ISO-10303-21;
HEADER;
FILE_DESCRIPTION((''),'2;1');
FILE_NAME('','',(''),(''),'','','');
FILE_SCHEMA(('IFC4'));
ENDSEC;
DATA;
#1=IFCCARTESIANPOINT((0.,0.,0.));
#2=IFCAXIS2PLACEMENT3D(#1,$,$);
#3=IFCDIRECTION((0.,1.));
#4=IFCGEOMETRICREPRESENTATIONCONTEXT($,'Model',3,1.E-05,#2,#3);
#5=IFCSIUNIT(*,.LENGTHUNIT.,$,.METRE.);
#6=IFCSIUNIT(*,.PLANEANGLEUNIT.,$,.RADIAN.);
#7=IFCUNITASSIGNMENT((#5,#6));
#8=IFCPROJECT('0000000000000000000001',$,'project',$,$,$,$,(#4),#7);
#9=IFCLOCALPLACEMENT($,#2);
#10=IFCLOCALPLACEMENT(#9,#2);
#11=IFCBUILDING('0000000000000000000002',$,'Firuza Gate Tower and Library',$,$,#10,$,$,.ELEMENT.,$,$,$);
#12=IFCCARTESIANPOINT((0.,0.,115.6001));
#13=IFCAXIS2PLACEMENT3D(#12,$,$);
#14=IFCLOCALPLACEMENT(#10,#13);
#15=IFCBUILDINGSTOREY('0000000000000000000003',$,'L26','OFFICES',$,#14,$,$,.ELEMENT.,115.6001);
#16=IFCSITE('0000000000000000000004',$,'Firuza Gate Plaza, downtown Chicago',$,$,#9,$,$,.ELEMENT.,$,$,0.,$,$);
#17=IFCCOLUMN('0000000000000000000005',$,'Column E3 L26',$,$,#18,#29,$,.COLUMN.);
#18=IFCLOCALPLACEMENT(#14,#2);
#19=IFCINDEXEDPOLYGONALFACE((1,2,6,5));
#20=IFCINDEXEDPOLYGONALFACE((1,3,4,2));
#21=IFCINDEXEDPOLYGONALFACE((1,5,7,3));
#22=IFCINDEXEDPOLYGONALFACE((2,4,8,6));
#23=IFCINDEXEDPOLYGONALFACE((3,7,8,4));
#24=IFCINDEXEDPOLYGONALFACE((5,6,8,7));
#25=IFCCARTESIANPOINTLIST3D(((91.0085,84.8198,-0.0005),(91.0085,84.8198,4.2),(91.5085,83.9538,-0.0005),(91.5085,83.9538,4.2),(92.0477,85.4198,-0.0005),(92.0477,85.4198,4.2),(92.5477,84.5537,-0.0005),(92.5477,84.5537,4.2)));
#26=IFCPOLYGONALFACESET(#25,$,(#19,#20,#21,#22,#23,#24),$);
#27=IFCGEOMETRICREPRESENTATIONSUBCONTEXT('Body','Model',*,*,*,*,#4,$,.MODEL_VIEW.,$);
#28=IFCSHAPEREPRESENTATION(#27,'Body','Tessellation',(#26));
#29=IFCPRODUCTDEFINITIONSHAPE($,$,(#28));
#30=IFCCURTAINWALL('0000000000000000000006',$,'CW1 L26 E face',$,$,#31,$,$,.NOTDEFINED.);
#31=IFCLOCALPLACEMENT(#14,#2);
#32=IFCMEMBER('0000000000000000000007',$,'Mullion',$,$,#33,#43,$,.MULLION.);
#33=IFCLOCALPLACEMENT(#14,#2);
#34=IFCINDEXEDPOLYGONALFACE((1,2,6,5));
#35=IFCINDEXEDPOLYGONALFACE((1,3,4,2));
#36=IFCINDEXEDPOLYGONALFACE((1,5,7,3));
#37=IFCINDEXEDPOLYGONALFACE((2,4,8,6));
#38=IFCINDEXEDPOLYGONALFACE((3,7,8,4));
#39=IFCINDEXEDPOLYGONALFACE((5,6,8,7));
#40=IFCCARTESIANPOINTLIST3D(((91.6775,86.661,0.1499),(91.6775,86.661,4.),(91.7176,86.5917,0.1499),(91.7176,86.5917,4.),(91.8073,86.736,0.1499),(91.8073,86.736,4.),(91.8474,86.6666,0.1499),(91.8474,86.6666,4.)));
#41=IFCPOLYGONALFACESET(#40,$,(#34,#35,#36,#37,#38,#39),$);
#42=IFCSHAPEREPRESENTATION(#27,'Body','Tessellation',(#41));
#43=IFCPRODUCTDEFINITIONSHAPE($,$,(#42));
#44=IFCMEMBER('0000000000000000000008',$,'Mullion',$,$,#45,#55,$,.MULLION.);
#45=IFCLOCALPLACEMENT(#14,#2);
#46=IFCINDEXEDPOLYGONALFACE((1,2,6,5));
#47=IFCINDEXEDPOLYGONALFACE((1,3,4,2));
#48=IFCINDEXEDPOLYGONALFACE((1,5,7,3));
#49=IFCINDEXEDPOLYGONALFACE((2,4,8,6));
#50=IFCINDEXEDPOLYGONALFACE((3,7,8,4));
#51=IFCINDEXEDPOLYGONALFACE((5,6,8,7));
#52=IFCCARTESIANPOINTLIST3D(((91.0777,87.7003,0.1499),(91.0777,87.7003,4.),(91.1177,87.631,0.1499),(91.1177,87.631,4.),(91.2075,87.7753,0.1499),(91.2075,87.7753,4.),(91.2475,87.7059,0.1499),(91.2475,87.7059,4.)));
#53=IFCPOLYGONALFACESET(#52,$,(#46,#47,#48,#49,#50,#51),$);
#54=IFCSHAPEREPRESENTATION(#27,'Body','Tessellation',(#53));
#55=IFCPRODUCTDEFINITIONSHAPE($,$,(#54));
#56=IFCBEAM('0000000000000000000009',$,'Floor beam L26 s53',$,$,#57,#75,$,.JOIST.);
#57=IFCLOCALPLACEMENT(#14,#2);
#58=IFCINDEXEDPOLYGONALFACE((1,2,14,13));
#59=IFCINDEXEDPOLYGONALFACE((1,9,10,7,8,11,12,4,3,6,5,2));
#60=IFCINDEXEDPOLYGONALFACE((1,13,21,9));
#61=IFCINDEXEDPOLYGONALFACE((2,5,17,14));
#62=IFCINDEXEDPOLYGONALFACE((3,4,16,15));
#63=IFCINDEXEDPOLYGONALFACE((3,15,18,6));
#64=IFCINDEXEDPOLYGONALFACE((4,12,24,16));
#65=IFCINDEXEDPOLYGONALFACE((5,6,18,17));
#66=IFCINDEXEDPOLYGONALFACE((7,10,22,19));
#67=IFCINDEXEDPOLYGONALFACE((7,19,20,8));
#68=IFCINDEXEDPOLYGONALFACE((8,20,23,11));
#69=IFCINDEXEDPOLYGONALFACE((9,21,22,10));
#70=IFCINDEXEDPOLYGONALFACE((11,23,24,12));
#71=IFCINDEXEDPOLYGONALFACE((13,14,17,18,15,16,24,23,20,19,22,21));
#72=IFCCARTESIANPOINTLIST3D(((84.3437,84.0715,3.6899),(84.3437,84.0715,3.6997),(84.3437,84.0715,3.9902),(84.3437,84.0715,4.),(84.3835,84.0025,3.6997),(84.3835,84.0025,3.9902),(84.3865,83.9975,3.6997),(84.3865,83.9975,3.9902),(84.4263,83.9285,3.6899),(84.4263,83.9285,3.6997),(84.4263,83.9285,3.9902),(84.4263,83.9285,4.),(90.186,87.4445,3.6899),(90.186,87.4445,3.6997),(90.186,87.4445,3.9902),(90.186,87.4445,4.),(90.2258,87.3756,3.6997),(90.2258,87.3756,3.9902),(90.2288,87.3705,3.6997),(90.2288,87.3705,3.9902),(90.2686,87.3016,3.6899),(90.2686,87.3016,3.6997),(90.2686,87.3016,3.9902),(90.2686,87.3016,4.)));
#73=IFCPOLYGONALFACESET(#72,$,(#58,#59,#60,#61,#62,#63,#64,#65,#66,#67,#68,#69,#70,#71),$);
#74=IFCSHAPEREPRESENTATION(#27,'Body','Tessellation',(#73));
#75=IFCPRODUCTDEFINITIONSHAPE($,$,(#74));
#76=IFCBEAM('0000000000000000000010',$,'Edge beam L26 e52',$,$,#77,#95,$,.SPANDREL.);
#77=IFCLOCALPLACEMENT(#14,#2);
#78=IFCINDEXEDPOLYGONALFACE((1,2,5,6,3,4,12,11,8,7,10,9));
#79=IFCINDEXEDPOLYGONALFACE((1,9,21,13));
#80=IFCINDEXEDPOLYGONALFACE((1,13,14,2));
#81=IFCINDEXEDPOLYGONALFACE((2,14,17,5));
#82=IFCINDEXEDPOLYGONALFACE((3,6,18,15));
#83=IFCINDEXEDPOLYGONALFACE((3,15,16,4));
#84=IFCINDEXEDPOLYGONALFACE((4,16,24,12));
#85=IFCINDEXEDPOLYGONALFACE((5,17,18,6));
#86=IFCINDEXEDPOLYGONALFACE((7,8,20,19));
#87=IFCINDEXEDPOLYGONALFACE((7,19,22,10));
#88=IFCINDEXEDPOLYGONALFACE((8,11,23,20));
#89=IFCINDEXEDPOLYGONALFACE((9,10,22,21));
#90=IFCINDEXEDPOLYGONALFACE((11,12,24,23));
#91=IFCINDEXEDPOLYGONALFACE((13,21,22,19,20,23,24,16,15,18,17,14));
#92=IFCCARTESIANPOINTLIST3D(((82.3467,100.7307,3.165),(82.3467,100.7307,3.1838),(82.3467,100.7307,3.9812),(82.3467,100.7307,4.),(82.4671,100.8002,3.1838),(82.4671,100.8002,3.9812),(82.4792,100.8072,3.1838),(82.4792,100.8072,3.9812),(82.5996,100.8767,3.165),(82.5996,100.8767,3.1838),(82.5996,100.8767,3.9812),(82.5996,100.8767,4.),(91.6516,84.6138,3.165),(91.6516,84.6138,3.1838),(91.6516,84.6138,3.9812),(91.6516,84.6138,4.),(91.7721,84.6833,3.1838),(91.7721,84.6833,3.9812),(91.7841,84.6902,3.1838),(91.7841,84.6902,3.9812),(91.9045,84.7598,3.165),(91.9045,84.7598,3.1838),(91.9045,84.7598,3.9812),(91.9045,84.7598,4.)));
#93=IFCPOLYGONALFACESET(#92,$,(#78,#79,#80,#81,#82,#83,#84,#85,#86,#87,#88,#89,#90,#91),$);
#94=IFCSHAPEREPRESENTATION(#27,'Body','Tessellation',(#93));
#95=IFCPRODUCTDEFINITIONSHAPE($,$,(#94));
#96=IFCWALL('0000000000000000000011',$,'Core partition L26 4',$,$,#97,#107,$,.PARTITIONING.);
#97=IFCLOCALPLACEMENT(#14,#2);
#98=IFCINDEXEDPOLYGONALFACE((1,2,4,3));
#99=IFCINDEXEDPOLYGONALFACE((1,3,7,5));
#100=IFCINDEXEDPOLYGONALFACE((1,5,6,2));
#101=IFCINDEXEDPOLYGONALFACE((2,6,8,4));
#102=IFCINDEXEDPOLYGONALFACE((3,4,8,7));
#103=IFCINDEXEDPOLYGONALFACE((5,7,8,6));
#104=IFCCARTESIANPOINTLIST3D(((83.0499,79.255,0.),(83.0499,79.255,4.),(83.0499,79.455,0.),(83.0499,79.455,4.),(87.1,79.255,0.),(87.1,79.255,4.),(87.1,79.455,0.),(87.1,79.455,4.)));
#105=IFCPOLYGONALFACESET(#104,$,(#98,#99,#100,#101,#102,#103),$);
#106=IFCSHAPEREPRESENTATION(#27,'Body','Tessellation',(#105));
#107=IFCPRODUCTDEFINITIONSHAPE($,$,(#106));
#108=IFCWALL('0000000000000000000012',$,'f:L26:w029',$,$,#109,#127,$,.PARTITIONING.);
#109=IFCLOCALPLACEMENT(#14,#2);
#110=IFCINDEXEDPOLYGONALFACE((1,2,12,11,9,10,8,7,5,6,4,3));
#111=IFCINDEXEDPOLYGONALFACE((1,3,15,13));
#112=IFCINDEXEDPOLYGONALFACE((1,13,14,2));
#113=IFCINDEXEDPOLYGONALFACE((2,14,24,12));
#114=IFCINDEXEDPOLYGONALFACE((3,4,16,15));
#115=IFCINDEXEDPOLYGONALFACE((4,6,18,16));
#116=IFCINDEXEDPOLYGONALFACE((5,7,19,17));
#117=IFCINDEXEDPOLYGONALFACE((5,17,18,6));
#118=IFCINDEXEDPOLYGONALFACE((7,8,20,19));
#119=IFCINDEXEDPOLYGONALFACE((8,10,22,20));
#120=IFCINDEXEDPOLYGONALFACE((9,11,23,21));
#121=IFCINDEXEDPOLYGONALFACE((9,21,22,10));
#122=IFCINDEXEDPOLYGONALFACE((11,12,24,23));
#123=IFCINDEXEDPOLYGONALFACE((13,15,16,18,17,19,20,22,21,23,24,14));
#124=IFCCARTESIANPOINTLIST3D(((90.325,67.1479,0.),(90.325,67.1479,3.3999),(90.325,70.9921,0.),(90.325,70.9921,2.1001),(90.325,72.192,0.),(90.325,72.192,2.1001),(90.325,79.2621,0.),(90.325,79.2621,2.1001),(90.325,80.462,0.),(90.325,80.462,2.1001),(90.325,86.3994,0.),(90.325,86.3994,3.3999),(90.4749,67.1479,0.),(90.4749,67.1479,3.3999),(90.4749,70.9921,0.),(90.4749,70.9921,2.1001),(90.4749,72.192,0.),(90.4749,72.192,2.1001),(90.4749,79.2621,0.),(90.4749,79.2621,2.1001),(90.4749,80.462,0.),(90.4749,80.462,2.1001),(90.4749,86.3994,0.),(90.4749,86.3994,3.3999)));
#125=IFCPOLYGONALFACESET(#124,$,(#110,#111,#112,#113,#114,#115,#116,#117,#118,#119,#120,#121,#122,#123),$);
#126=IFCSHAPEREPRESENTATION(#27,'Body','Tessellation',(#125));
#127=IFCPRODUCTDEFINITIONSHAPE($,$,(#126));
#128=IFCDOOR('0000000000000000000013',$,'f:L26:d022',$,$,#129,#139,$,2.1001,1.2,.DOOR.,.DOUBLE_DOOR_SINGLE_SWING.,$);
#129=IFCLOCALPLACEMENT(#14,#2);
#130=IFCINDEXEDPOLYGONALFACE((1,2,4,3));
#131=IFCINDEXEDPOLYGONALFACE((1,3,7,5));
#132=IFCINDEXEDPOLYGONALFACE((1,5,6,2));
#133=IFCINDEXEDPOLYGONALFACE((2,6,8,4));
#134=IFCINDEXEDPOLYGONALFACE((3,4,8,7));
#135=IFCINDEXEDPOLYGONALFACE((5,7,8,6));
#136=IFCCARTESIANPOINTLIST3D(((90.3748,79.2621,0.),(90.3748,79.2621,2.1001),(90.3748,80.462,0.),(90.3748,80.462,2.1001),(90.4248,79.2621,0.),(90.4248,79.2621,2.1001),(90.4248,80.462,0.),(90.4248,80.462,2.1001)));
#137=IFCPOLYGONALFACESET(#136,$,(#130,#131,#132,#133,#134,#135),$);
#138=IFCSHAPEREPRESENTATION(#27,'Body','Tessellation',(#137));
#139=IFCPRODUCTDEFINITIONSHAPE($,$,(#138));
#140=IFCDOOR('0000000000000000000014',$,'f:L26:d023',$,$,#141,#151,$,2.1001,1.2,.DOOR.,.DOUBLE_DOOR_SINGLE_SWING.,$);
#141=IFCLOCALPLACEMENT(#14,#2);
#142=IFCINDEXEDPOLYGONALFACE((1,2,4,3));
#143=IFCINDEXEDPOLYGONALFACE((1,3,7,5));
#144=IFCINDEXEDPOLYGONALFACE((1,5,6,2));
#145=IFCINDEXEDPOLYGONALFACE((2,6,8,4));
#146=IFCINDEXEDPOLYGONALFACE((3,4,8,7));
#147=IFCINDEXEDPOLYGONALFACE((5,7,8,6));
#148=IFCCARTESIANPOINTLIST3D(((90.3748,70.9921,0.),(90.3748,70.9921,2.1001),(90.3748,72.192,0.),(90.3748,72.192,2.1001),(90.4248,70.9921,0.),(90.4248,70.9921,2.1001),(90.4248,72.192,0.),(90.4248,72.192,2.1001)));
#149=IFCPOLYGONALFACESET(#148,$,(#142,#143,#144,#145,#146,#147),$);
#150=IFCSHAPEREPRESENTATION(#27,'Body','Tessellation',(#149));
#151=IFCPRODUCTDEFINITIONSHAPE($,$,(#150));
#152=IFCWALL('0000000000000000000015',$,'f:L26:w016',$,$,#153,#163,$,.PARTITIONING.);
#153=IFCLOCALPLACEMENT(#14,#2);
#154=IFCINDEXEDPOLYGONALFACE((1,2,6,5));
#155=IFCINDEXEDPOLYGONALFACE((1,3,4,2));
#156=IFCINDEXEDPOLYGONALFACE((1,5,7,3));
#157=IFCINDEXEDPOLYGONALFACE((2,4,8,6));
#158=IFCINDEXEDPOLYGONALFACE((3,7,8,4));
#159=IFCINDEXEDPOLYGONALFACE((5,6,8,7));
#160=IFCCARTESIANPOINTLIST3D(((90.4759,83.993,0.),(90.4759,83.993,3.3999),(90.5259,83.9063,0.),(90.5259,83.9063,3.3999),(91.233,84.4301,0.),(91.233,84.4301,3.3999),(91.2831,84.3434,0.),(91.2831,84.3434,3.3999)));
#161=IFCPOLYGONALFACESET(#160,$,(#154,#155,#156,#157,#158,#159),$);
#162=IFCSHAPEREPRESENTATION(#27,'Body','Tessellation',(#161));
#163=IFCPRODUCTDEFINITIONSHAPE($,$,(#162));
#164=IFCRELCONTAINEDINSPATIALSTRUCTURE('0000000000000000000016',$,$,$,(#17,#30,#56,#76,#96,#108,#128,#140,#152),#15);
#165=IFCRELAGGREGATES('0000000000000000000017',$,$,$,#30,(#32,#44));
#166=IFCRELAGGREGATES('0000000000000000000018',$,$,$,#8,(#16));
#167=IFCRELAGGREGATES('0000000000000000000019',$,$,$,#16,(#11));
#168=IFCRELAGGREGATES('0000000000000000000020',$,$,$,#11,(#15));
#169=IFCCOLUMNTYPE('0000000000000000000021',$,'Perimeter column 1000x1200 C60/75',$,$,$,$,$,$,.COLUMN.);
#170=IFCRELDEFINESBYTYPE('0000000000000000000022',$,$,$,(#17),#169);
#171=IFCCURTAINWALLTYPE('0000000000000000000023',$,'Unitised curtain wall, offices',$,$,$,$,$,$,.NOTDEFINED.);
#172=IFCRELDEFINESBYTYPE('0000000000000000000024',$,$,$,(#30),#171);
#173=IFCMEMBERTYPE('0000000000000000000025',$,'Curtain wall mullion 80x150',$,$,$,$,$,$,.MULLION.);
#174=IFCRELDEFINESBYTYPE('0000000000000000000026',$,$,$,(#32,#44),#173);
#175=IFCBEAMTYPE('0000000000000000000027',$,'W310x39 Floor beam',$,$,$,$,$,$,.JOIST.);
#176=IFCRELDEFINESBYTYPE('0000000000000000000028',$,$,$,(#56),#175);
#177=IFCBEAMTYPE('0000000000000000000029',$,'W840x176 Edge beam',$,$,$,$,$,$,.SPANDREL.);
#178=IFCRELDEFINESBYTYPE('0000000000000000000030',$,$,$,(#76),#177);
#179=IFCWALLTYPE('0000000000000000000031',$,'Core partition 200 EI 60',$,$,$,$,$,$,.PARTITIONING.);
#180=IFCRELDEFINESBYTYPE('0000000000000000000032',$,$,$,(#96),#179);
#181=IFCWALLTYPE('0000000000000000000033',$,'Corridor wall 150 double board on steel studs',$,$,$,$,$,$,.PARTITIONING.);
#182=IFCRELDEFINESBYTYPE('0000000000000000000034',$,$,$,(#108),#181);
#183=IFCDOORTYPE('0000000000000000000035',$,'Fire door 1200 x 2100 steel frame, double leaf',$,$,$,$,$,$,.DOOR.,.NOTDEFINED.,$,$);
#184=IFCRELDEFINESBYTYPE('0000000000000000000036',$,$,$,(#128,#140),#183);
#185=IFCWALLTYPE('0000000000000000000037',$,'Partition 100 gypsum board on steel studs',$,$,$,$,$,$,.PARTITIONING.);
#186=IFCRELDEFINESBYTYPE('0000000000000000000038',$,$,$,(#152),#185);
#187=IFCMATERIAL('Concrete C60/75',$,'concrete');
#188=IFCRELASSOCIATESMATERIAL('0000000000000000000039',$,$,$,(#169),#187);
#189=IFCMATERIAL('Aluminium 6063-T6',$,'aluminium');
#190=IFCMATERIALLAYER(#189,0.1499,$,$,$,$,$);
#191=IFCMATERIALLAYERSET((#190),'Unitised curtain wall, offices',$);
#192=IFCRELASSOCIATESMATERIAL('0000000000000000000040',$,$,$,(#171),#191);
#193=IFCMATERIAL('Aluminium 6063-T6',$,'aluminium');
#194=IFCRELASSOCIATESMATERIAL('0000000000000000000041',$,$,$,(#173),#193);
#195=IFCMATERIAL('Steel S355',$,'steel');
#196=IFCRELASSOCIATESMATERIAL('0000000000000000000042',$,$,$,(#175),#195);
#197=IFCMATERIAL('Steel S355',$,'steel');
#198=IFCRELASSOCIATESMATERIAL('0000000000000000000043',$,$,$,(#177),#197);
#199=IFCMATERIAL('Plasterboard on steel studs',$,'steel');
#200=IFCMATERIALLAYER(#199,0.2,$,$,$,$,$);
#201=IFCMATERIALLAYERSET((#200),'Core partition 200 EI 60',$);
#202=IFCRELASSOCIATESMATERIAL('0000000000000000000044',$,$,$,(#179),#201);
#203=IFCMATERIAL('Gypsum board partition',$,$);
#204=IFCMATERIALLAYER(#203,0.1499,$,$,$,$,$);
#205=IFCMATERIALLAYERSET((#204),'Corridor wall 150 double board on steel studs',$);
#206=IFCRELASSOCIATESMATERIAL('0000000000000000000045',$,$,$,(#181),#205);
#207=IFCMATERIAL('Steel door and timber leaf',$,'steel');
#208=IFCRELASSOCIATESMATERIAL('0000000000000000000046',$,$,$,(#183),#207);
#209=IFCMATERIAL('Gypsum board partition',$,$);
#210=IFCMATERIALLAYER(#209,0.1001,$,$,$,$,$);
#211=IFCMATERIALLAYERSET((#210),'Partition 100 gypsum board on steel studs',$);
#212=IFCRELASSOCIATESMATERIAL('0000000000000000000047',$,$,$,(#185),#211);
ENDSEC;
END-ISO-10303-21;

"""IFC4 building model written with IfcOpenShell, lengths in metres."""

from ifc_helpers import new_model, si_unit, direction, frame, frame_2d, origin, origin_2d, place, context, subcontext, project, spatial, rectangle, i_section, extrude, material, layer, layer_set, material_profile, profile_set, type_object, element, fill, aggregate, save


model = new_model("IFC4")

# Units and contexts
model_context = context("Model", 3, precision=1e-05, world=origin(), true_north=direction((0.0, 1.0)))
body_context = subcontext(model_context, "Body", "Model", "MODEL_VIEW")
ifc_project = project(units=[si_unit("LENGTHUNIT", "METRE"), si_unit("PLANEANGLEUNIT", "RADIAN")], contexts=[model_context])

# Site, building, storey
site_placement = place(None, origin())
site = spatial("IfcSite", under=ifc_project, at=site_placement, Name="Firuza Gate Plaza, downtown Chicago", CompositionType="ELEMENT", RefElevation=0.0)
building_placement = place(site_placement, origin())
building = spatial("IfcBuilding", under=site, at=building_placement, Name="Firuza Gate Tower and Library", CompositionType="ELEMENT")
storey_placement = place(building_placement, frame((0.0, 0.0, 115.6001)))
storey = spatial("IfcBuildingStorey", under=building, at=storey_placement, Name="L26", Description="OFFICES", CompositionType="ELEMENT", Elevation=115.6001)

# Column
ifc_material_1 = material(Name="Concrete C60/75", Category="concrete")
ifc_material_profile_1 = material_profile(ifc_material_1, rectangle(XDim=1.0, YDim=1.2, at=origin_2d()))
ifc_profile_set_1 = profile_set([ifc_material_profile_1], Name="Concrete C60/75")
column_type = type_object("IfcColumnType", Name="Perimeter column 1000x1200 C60/75", PredefinedType="COLUMN", material=ifc_profile_set_1)
column_placement = place(storey_placement, frame((91.7781, 84.6868, -0.0005), z_axis=(0.0, 0.0, 1.0), x_axis=(-0.5, 0.866025, 0.0)))
element("IfcColumn", 1, at=column_placement, inside=storey, type_object=column_type, Name="Column E3 L26", PredefinedType="COLUMN", context=body_context, shape_type="SweptSolid", body=[
    extrude(rectangle(XDim=1.0, YDim=1.2, at=origin_2d()), origin(), (0.0, 0.0, 1.0), 4.2004),
])

# Curtain wall, members
ifc_material_2 = material(Name="Aluminium 6063-T6", Category="aluminium")
ifc_layer_1 = layer(ifc_material_2, 0.1499)
ifc_layer_set_1 = layer_set([ifc_layer_1], Name="Unitised curtain wall, offices")
curtain_wall_type = type_object("IfcCurtainWallType", Name="Unitised curtain wall, offices", PredefinedType="NOTDEFINED", material=ifc_layer_set_1)
curtain_wall_placement = place(storey_placement, origin())
curtain_wall = element("IfcCurtainWall", 2, at=curtain_wall_placement, inside=storey, type_object=curtain_wall_type, Name="CW1 L26 E face", PredefinedType="NOTDEFINED")
ifc_material_3 = material(Name="Aluminium 6063-T6", Category="aluminium")
ifc_material_profile_2 = material_profile(ifc_material_3, rectangle(XDim=0.1499, YDim=0.0801, at=origin_2d()))
ifc_profile_set_2 = profile_set([ifc_material_profile_2], Name="Aluminium 6063-T6")
member_type = type_object("IfcMemberType", Name="Curtain wall mullion 80x150", PredefinedType="MULLION", material=ifc_profile_set_2)
member_1_placement = place(storey_placement, frame((91.7625, 86.6638, 0.1499), z_axis=(0.0, 0.0, 1.0), x_axis=(-0.866025, -0.5, 0.0)))
member_1 = element("IfcMember", 3, at=member_1_placement, type_object=member_type, Name="Mullion", PredefinedType="MULLION", context=body_context, shape_type="SweptSolid", body=[
    extrude(rectangle(XDim=0.1499, YDim=0.0801, at=origin_2d()), origin(), (0.0, 0.0, 1.0), 3.8501),
])
member_2_placement = place(storey_placement, frame((91.1626, 87.7031, 0.1499), z_axis=(0.0, 0.0, 1.0), x_axis=(-0.866025, -0.5, 0.0)))
member_2 = element("IfcMember", 4, at=member_2_placement, type_object=member_type, Name="Mullion", PredefinedType="MULLION", context=body_context, shape_type="SweptSolid", body=[
    extrude(rectangle(XDim=0.1499, YDim=0.0801, at=origin_2d()), origin(), (0.0, 0.0, 1.0), 3.8501),
])

# Beams
ifc_material_4 = material(Name="Steel S355", Category="steel")
ifc_material_profile_3 = material_profile(ifc_material_4, i_section(OverallWidth=0.165, OverallDepth=0.3101, WebThickness=0.0059, FlangeThickness=0.0098, at=origin_2d()))
ifc_profile_set_3 = profile_set([ifc_material_profile_3], Name="Steel S355")
beam_type_1 = type_object("IfcBeamType", Name="W310x39 Floor beam", PredefinedType="JOIST", material=ifc_profile_set_3)
beam_1_placement = place(storey_placement, frame((90.2273, 87.373, 3.845), z_axis=(-0.866025, -0.5, 0.0), x_axis=(0.5, -0.866025, 0.0)))
element("IfcBeam", 5, at=beam_1_placement, inside=storey, type_object=beam_type_1, Name="Floor beam L26 s53", PredefinedType="JOIST", context=body_context, shape_type="SweptSolid", body=[
    extrude(i_section(OverallWidth=0.165, OverallDepth=0.3101, WebThickness=0.0059, FlangeThickness=0.0098, at=origin_2d()), origin(), (0.0, 0.0, 1.0), 6.7461),
])
ifc_material_5 = material(Name="Steel S355", Category="steel")
ifc_material_profile_4 = material_profile(ifc_material_5, i_section(OverallWidth=0.292, OverallDepth=0.835, WebThickness=0.0139, FlangeThickness=0.0188, at=origin_2d()))
ifc_profile_set_4 = profile_set([ifc_material_profile_4], Name="Steel S355")
beam_type_2 = type_object("IfcBeamType", Name="W840x176 Edge beam", PredefinedType="SPANDREL", material=ifc_profile_set_4)
beam_2_placement = place(storey_placement, frame((91.7781, 84.6868, 3.5825), z_axis=(-0.499992, 0.86603, 0.0), x_axis=(-0.86603, -0.499992, 0.0)))
element("IfcBeam", 6, at=beam_2_placement, inside=storey, type_object=beam_type_2, Name="Edge beam L26 e52", PredefinedType="SPANDREL", context=body_context, shape_type="SweptSolid", body=[
    extrude(i_section(OverallWidth=0.292, OverallDepth=0.835, WebThickness=0.0139, FlangeThickness=0.0188, at=origin_2d()), origin(), (0.0, 0.0, 1.0), 18.6101),
])

# Wall
ifc_material_6 = material(Name="Plasterboard on steel studs", Category="steel")
ifc_layer_2 = layer(ifc_material_6, 0.2)
ifc_layer_set_2 = layer_set([ifc_layer_2], Name="Core partition 200 EI 60")
wall_type_1 = type_object("IfcWallType", Name="Core partition 200 EI 60", PredefinedType="PARTITIONING", material=ifc_layer_set_2)
wall_1_placement = place(storey_placement, frame((83.05, 79.355, 0.0), z_axis=(0.0, 0.0, 1.0), x_axis=(1.0, 0.0, 0.0)))
element("IfcWall", 7, at=wall_1_placement, inside=storey, type_object=wall_type_1, Name="Core partition L26 4", PredefinedType="PARTITIONING", context=body_context, shape_type="SweptSolid", body=[
    extrude(rectangle(XDim=4.05, YDim=0.2, at=frame_2d((2.0249, 0.0))), origin(), (0.0, 0.0, 1.0), 4.0),
])

# Wall, openings, doors
ifc_material_7 = material(Name="Gypsum board partition")
ifc_layer_3 = layer(ifc_material_7, 0.1499)
ifc_layer_set_3 = layer_set([ifc_layer_3], Name="Corridor wall 150 double board on steel studs")
wall_type_2 = type_object("IfcWallType", Name="Corridor wall 150 double board on steel studs", PredefinedType="PARTITIONING", material=ifc_layer_set_3)
wall_2_placement = place(storey_placement, frame((90.3999, 86.3994, 0.0), z_axis=(0.0, 0.0, 1.0), x_axis=(0.0, -1.0, 0.0)))
wall_2 = element("IfcWall", 8, at=wall_2_placement, inside=storey, type_object=wall_type_2, Name="f:L26:w029", PredefinedType="PARTITIONING", context=body_context, shape_type="SweptSolid", body=[
    extrude(rectangle(XDim=19.2515, YDim=0.1499, at=frame_2d((9.6257, 0.0))), origin(), (0.0, 0.0, 1.0), 3.3999),
])
opening_1_placement = place(wall_2_placement, frame((5.9373, 0.0, 0.0)))
opening_1 = element("IfcOpeningElement", 9, at=opening_1_placement, cuts=wall_2, PredefinedType="OPENING", context=body_context, shape_type="SweptSolid", body=[
    extrude(rectangle(XDim=1.2, YDim=2.1001, at=frame_2d((0.6001, 1.05))), frame((0.0, 0.085, 0.0), z_axis=(0.0, -1.0, 0.0), x_axis=(1.0, 0.0, 0.0)), (0.0, 0.0, 1.0), 0.1699),
])
opening_2_placement = place(wall_2_placement, frame((14.2073, 0.0, 0.0)))
opening_2 = element("IfcOpeningElement", 10, at=opening_2_placement, cuts=wall_2, PredefinedType="OPENING", context=body_context, shape_type="SweptSolid", body=[
    extrude(rectangle(XDim=1.2, YDim=2.1001, at=frame_2d((0.6001, 1.05))), frame((0.0, 0.085, 0.0), z_axis=(0.0, -1.0, 0.0), x_axis=(1.0, 0.0, 0.0)), (0.0, 0.0, 1.0), 0.1699),
])
ifc_material_8 = material(Name="Steel door and timber leaf", Category="steel")
door_type_1 = type_object("IfcDoorType", Name="Fire door 1200 x 2100 steel frame, double leaf", OperationType="NOTDEFINED", PredefinedType="DOOR", material=ifc_material_8)
door_1_placement = place(opening_1_placement, origin())
door_1 = element("IfcDoor", 11, at=door_1_placement, inside=storey, type_object=door_type_1, Name="f:L26:d022", OperationType="DOUBLE_DOOR_SINGLE_SWING", OverallHeight=2.1001, OverallWidth=1.2, PredefinedType="DOOR", context=body_context, shape_type="SweptSolid", body=[
    extrude(rectangle(XDim=1.2, YDim=2.1001, at=frame_2d((0.6001, 1.05))), frame((0.0, 0.0249, 0.0), z_axis=(0.0, -1.0, 0.0), x_axis=(1.0, 0.0, 0.0)), (0.0, 0.0, 1.0), 0.05),
])
fill(opening_1, door_1)
door_2_placement = place(opening_2_placement, origin())
door_2 = element("IfcDoor", 12, at=door_2_placement, inside=storey, type_object=door_type_1, Name="f:L26:d023", OperationType="DOUBLE_DOOR_SINGLE_SWING", OverallHeight=2.1001, OverallWidth=1.2, PredefinedType="DOOR", context=body_context, shape_type="SweptSolid", body=[
    extrude(rectangle(XDim=1.2, YDim=2.1001, at=frame_2d((0.6001, 1.05))), frame((0.0, 0.0249, 0.0), z_axis=(0.0, -1.0, 0.0), x_axis=(1.0, 0.0, 0.0)), (0.0, 0.0, 1.0), 0.05),
])
fill(opening_2, door_2)

# Wall
ifc_material_9 = material(Name="Gypsum board partition")
ifc_layer_4 = layer(ifc_material_9, 0.1001)
ifc_layer_set_4 = layer_set([ifc_layer_4], Name="Partition 100 gypsum board on steel studs")
wall_type_3 = type_object("IfcWallType", Name="Partition 100 gypsum board on steel studs", PredefinedType="PARTITIONING", material=ifc_layer_set_4)
wall_3_placement = place(storey_placement, frame((90.501, 83.9497, 0.0), z_axis=(0.0, 0.0, 1.0), x_axis=(0.866069, 0.499924, 0.0)))
element("IfcWall", 13, at=wall_3_placement, inside=storey, type_object=wall_type_3, Name="f:L26:w016", PredefinedType="PARTITIONING", context=body_context, shape_type="SweptSolid", body=[
    extrude(rectangle(XDim=0.8743, YDim=0.1001, at=frame_2d((0.437, 0.0))), origin(), (0.0, 0.0, 1.0), 3.3999),
])

aggregate(curtain_wall, [member_1, member_2])

save(model, "model.ifc")
